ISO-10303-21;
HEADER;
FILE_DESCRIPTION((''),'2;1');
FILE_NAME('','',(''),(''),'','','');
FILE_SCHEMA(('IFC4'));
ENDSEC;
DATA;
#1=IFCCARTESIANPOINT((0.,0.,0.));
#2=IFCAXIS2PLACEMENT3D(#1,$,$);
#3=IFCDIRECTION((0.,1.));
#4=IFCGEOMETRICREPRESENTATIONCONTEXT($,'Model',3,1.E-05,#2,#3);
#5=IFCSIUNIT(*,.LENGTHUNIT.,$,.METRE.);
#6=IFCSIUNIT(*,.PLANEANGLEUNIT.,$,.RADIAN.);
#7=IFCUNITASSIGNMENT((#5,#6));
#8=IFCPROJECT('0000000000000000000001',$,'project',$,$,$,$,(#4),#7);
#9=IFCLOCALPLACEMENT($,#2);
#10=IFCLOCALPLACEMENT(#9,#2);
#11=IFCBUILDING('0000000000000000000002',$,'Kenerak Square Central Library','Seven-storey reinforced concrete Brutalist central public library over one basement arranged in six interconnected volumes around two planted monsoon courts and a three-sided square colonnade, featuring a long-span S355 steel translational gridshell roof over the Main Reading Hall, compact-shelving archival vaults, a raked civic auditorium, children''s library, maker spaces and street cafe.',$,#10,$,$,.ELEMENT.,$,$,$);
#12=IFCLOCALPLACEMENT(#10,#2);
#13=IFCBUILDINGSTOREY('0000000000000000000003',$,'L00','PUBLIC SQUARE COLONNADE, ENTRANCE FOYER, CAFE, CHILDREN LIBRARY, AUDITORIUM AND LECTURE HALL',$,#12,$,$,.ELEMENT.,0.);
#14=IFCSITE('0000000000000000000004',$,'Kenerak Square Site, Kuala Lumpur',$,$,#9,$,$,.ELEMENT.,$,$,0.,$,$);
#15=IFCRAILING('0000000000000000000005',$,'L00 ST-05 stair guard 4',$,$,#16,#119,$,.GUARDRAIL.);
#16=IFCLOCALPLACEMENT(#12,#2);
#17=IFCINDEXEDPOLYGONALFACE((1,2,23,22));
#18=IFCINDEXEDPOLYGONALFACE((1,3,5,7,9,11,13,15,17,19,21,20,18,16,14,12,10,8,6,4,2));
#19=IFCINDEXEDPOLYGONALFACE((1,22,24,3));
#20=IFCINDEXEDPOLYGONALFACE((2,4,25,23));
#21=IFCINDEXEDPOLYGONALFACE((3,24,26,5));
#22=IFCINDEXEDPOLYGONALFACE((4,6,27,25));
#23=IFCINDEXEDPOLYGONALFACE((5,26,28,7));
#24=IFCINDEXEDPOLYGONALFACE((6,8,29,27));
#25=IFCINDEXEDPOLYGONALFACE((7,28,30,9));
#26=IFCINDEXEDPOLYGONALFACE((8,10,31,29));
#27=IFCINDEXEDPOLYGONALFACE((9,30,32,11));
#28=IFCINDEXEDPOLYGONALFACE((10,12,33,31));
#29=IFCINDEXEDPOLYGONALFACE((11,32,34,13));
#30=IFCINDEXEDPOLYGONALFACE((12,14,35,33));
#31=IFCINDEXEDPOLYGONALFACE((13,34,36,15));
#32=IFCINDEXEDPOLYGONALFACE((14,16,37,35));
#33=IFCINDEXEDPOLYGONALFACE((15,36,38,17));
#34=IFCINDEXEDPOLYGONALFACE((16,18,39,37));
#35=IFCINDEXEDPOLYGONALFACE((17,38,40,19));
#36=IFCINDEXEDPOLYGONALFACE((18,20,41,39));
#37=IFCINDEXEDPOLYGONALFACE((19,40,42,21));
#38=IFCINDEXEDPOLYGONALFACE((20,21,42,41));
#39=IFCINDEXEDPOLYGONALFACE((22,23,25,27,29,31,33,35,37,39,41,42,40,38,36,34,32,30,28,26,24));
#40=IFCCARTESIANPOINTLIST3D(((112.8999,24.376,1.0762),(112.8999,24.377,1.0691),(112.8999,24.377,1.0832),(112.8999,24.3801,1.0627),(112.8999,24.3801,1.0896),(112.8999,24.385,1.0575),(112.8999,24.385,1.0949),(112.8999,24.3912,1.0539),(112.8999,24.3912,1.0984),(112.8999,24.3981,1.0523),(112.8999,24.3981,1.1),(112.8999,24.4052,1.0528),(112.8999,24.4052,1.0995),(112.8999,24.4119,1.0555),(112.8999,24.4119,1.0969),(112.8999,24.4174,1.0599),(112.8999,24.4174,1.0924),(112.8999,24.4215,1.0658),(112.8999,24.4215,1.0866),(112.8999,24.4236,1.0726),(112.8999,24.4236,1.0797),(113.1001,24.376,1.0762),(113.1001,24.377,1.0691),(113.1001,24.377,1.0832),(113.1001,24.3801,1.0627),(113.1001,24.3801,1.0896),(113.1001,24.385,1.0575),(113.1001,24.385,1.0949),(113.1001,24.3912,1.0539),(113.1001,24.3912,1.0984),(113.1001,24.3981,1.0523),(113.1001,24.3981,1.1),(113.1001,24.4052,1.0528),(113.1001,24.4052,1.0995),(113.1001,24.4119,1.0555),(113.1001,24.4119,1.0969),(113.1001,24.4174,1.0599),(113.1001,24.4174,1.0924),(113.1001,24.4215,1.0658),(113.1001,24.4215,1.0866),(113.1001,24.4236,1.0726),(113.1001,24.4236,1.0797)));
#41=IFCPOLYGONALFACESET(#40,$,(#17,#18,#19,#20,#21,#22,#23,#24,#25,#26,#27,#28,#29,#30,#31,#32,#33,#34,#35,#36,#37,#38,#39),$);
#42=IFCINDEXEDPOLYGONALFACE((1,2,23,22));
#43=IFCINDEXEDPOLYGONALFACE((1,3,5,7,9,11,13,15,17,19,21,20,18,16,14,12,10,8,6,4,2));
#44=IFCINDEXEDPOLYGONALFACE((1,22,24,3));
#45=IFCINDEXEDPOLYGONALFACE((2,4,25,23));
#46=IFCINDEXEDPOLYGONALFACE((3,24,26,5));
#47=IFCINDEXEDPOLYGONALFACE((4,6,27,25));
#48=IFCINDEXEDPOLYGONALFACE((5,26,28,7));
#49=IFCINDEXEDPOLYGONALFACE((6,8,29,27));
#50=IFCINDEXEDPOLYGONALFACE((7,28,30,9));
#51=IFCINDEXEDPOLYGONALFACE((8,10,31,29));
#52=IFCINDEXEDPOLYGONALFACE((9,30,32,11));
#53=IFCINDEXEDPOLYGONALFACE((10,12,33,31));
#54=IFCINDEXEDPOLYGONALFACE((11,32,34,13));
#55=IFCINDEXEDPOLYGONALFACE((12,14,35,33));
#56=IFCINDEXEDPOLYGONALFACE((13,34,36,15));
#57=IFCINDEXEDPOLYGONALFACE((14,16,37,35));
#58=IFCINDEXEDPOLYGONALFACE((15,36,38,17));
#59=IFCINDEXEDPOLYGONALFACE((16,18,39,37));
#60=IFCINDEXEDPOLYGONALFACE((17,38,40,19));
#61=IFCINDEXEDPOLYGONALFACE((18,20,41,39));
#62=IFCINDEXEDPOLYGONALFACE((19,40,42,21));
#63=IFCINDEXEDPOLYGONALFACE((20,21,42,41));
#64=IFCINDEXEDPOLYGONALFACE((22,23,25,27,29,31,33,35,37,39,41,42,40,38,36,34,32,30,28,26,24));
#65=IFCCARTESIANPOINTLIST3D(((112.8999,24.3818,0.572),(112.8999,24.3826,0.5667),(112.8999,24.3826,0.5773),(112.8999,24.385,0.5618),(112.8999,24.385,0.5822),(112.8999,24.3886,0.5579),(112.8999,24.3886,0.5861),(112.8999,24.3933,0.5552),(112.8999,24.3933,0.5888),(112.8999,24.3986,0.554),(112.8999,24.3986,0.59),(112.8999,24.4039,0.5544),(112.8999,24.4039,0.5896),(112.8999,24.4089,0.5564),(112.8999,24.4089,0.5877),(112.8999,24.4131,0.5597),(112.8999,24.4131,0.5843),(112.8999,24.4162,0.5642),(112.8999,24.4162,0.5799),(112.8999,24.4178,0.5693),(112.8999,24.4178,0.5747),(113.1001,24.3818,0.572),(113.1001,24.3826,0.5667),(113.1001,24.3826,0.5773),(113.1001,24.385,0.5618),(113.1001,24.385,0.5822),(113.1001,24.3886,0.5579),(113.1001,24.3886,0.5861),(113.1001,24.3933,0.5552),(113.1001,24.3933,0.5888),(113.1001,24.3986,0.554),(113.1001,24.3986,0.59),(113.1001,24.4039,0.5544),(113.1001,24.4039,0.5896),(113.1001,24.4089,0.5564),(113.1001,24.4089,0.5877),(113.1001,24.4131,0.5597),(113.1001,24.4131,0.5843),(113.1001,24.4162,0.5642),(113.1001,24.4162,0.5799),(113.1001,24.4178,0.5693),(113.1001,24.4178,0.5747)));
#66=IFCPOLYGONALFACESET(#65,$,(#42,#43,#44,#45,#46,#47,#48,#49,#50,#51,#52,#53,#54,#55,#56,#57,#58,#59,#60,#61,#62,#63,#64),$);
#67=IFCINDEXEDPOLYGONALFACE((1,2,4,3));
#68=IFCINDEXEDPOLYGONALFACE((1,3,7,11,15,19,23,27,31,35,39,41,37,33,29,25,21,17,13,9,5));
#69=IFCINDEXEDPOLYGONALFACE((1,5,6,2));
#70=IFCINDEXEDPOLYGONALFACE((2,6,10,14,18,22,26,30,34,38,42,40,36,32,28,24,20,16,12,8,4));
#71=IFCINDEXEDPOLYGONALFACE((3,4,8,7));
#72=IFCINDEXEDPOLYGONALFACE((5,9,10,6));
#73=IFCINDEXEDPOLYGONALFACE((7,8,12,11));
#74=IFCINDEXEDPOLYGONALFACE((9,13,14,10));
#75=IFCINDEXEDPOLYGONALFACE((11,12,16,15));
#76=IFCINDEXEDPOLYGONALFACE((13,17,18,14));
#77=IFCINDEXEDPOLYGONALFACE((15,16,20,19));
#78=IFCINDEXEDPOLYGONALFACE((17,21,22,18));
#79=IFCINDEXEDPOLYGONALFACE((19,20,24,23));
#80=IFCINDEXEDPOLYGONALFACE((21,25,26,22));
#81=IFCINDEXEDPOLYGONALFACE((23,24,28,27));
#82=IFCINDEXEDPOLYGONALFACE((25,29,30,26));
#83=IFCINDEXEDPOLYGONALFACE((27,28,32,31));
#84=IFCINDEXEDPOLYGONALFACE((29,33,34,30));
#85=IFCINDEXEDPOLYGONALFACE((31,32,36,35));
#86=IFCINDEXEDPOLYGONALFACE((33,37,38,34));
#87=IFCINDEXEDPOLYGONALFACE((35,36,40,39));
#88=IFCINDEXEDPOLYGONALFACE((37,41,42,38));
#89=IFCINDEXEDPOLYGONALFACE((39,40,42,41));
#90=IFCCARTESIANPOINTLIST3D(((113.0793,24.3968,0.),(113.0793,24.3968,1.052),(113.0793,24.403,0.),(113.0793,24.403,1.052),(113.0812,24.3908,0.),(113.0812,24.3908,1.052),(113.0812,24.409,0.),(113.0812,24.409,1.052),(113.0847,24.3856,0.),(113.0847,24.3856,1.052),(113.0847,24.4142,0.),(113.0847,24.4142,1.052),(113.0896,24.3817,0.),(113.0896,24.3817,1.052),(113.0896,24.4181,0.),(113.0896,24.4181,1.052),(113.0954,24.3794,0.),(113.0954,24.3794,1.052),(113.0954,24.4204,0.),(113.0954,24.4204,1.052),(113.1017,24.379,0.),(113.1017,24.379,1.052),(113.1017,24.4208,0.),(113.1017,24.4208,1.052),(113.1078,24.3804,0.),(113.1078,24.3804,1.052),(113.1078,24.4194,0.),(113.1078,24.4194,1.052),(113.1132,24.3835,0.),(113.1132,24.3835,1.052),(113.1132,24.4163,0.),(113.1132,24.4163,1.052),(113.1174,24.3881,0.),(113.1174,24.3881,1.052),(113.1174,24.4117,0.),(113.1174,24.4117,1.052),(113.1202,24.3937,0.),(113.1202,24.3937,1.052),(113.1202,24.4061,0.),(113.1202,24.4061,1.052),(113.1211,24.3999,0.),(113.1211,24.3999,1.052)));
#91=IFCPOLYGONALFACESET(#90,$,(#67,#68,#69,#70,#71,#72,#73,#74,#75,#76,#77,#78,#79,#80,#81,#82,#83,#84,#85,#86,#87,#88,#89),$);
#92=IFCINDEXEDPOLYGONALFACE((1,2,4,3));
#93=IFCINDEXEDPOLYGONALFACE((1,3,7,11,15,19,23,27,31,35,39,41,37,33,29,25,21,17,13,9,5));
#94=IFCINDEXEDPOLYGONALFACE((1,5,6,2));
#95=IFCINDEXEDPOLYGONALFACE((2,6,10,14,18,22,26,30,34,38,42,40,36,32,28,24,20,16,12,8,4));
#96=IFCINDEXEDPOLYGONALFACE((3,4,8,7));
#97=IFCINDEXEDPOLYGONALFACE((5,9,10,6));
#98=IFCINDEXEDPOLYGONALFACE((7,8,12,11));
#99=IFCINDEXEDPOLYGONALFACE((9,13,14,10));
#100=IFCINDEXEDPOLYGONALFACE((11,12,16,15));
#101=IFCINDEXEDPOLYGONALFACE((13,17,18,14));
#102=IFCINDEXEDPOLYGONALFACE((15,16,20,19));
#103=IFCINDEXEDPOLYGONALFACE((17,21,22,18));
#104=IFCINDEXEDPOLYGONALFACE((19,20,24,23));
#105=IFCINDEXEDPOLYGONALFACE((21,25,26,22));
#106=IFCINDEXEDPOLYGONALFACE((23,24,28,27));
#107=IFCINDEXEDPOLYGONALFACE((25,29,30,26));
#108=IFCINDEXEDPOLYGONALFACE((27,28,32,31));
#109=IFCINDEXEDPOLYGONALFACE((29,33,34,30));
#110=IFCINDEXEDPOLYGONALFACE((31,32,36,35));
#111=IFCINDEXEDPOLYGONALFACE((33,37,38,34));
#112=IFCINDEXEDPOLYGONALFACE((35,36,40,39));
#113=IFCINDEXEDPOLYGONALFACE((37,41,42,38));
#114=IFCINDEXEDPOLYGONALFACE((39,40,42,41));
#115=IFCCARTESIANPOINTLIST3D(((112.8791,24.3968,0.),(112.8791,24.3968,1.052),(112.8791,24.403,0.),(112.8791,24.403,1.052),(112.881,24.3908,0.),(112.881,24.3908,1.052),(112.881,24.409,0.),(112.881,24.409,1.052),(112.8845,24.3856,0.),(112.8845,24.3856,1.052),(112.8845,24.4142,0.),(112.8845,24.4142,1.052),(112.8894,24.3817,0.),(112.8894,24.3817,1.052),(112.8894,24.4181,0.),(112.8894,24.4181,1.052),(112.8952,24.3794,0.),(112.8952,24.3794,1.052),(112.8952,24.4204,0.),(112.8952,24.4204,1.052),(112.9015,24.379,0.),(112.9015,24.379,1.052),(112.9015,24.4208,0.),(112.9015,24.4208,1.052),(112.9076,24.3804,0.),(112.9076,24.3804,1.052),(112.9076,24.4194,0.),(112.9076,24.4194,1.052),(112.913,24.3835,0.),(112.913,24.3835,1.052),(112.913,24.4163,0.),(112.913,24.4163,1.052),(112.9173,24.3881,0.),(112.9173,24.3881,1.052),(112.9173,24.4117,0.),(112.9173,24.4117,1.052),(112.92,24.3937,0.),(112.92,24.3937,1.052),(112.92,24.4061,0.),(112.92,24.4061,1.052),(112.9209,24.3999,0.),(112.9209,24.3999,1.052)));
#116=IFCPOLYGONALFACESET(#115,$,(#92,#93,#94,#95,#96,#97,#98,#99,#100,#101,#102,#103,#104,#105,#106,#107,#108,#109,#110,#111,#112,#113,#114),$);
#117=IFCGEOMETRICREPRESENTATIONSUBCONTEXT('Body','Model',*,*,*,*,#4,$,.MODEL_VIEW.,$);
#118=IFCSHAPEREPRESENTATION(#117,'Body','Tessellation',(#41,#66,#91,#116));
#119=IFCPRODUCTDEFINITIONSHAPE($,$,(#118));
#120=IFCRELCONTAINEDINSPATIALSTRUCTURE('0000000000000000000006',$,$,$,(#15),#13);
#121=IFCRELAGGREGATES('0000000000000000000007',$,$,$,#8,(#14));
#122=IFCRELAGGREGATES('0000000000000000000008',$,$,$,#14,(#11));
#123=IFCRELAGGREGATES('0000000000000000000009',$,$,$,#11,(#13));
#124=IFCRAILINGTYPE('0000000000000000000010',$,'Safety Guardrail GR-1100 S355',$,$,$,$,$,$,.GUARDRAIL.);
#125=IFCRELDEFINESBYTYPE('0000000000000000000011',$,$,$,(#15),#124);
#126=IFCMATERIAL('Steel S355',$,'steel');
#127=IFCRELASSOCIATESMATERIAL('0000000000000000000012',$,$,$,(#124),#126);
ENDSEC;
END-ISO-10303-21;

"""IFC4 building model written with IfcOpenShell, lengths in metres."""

from ifc_helpers import new_model, si_unit, direction, frame, origin, origin_2d, place, context, subcontext, project, spatial, circle, extrude, material, type_object, element, save


model = new_model("IFC4")

# Units and contexts
model_context = context("Model", 3, precision=1e-05, world=origin(), true_north=direction((0.0, 1.0)))
body_context = subcontext(model_context, "Body", "Model", "MODEL_VIEW")
ifc_project = project(units=[si_unit("LENGTHUNIT", "METRE"), si_unit("PLANEANGLEUNIT", "RADIAN")], contexts=[model_context])

# Site, building, storey
site_placement = place(None, origin())
site = spatial("IfcSite", under=ifc_project, at=site_placement, Name="Kenerak Square Site, Kuala Lumpur", CompositionType="ELEMENT", RefElevation=0.0)
building_placement = place(site_placement, origin())
building = spatial("IfcBuilding", under=site, at=building_placement, Name="Kenerak Square Central Library", Description="Seven-storey reinforced concrete Brutalist central public library over one basement arranged in six interconnected volumes around two planted monsoon courts and a three-sided square colonnade, featuring a long-span S355 steel translational gridshell roof over the Main Reading Hall, compact-shelving archival vaults, a raked civic auditorium, children's library, maker spaces and street cafe.", CompositionType="ELEMENT")
storey_placement = place(building_placement, origin())
storey = spatial("IfcBuildingStorey", under=building, at=storey_placement, Name="L00", Description="PUBLIC SQUARE COLONNADE, ENTRANCE FOYER, CAFE, CHILDREN LIBRARY, AUDITORIUM AND LECTURE HALL", CompositionType="ELEMENT", Elevation=0.0)

# Shared definitions
ifc_material_1 = material(Name="Steel S355", Category="steel")

# Railing
railing_type_1 = type_object("IfcRailingType", Name="Safety Guardrail GR-1100 S355", PredefinedType="GUARDRAIL", material=ifc_material_1)
railing_1_placement = place(storey_placement, frame((113.1001, 24.3999, 0.0)))
element("IfcRailing", 1, at=railing_1_placement, inside=storey, type_object=railing_type_1, Name="L00 ST-05 stair guard 4", PredefinedType="GUARDRAIL", context=body_context, shape_type="SweptSolid", body=[
    extrude(circle(Radius=0.0239, at=origin_2d()), frame((0.0, 0.0, 1.0762), z_axis=(-1.0, 0.0, 0.0), x_axis=(0.0, -1.0, 0.0)), (0.0, 0.0, 1.0), 0.2002),
    extrude(circle(Radius=0.0181, at=origin_2d()), frame((0.0, 0.0, 0.572), z_axis=(-1.0, 0.0, 0.0), x_axis=(0.0, -1.0, 0.0)), (0.0, 0.0, 1.0), 0.2002),
    extrude(circle(Radius=0.021, at=origin_2d()), origin(), (0.0, 0.0, 1.0), 1.052),
    extrude(circle(Radius=0.021, at=origin_2d()), frame((-0.2002, 0.0, 0.0)), (0.0, 0.0, 1.0), 1.052),
])

save(model, "model.ifc")
